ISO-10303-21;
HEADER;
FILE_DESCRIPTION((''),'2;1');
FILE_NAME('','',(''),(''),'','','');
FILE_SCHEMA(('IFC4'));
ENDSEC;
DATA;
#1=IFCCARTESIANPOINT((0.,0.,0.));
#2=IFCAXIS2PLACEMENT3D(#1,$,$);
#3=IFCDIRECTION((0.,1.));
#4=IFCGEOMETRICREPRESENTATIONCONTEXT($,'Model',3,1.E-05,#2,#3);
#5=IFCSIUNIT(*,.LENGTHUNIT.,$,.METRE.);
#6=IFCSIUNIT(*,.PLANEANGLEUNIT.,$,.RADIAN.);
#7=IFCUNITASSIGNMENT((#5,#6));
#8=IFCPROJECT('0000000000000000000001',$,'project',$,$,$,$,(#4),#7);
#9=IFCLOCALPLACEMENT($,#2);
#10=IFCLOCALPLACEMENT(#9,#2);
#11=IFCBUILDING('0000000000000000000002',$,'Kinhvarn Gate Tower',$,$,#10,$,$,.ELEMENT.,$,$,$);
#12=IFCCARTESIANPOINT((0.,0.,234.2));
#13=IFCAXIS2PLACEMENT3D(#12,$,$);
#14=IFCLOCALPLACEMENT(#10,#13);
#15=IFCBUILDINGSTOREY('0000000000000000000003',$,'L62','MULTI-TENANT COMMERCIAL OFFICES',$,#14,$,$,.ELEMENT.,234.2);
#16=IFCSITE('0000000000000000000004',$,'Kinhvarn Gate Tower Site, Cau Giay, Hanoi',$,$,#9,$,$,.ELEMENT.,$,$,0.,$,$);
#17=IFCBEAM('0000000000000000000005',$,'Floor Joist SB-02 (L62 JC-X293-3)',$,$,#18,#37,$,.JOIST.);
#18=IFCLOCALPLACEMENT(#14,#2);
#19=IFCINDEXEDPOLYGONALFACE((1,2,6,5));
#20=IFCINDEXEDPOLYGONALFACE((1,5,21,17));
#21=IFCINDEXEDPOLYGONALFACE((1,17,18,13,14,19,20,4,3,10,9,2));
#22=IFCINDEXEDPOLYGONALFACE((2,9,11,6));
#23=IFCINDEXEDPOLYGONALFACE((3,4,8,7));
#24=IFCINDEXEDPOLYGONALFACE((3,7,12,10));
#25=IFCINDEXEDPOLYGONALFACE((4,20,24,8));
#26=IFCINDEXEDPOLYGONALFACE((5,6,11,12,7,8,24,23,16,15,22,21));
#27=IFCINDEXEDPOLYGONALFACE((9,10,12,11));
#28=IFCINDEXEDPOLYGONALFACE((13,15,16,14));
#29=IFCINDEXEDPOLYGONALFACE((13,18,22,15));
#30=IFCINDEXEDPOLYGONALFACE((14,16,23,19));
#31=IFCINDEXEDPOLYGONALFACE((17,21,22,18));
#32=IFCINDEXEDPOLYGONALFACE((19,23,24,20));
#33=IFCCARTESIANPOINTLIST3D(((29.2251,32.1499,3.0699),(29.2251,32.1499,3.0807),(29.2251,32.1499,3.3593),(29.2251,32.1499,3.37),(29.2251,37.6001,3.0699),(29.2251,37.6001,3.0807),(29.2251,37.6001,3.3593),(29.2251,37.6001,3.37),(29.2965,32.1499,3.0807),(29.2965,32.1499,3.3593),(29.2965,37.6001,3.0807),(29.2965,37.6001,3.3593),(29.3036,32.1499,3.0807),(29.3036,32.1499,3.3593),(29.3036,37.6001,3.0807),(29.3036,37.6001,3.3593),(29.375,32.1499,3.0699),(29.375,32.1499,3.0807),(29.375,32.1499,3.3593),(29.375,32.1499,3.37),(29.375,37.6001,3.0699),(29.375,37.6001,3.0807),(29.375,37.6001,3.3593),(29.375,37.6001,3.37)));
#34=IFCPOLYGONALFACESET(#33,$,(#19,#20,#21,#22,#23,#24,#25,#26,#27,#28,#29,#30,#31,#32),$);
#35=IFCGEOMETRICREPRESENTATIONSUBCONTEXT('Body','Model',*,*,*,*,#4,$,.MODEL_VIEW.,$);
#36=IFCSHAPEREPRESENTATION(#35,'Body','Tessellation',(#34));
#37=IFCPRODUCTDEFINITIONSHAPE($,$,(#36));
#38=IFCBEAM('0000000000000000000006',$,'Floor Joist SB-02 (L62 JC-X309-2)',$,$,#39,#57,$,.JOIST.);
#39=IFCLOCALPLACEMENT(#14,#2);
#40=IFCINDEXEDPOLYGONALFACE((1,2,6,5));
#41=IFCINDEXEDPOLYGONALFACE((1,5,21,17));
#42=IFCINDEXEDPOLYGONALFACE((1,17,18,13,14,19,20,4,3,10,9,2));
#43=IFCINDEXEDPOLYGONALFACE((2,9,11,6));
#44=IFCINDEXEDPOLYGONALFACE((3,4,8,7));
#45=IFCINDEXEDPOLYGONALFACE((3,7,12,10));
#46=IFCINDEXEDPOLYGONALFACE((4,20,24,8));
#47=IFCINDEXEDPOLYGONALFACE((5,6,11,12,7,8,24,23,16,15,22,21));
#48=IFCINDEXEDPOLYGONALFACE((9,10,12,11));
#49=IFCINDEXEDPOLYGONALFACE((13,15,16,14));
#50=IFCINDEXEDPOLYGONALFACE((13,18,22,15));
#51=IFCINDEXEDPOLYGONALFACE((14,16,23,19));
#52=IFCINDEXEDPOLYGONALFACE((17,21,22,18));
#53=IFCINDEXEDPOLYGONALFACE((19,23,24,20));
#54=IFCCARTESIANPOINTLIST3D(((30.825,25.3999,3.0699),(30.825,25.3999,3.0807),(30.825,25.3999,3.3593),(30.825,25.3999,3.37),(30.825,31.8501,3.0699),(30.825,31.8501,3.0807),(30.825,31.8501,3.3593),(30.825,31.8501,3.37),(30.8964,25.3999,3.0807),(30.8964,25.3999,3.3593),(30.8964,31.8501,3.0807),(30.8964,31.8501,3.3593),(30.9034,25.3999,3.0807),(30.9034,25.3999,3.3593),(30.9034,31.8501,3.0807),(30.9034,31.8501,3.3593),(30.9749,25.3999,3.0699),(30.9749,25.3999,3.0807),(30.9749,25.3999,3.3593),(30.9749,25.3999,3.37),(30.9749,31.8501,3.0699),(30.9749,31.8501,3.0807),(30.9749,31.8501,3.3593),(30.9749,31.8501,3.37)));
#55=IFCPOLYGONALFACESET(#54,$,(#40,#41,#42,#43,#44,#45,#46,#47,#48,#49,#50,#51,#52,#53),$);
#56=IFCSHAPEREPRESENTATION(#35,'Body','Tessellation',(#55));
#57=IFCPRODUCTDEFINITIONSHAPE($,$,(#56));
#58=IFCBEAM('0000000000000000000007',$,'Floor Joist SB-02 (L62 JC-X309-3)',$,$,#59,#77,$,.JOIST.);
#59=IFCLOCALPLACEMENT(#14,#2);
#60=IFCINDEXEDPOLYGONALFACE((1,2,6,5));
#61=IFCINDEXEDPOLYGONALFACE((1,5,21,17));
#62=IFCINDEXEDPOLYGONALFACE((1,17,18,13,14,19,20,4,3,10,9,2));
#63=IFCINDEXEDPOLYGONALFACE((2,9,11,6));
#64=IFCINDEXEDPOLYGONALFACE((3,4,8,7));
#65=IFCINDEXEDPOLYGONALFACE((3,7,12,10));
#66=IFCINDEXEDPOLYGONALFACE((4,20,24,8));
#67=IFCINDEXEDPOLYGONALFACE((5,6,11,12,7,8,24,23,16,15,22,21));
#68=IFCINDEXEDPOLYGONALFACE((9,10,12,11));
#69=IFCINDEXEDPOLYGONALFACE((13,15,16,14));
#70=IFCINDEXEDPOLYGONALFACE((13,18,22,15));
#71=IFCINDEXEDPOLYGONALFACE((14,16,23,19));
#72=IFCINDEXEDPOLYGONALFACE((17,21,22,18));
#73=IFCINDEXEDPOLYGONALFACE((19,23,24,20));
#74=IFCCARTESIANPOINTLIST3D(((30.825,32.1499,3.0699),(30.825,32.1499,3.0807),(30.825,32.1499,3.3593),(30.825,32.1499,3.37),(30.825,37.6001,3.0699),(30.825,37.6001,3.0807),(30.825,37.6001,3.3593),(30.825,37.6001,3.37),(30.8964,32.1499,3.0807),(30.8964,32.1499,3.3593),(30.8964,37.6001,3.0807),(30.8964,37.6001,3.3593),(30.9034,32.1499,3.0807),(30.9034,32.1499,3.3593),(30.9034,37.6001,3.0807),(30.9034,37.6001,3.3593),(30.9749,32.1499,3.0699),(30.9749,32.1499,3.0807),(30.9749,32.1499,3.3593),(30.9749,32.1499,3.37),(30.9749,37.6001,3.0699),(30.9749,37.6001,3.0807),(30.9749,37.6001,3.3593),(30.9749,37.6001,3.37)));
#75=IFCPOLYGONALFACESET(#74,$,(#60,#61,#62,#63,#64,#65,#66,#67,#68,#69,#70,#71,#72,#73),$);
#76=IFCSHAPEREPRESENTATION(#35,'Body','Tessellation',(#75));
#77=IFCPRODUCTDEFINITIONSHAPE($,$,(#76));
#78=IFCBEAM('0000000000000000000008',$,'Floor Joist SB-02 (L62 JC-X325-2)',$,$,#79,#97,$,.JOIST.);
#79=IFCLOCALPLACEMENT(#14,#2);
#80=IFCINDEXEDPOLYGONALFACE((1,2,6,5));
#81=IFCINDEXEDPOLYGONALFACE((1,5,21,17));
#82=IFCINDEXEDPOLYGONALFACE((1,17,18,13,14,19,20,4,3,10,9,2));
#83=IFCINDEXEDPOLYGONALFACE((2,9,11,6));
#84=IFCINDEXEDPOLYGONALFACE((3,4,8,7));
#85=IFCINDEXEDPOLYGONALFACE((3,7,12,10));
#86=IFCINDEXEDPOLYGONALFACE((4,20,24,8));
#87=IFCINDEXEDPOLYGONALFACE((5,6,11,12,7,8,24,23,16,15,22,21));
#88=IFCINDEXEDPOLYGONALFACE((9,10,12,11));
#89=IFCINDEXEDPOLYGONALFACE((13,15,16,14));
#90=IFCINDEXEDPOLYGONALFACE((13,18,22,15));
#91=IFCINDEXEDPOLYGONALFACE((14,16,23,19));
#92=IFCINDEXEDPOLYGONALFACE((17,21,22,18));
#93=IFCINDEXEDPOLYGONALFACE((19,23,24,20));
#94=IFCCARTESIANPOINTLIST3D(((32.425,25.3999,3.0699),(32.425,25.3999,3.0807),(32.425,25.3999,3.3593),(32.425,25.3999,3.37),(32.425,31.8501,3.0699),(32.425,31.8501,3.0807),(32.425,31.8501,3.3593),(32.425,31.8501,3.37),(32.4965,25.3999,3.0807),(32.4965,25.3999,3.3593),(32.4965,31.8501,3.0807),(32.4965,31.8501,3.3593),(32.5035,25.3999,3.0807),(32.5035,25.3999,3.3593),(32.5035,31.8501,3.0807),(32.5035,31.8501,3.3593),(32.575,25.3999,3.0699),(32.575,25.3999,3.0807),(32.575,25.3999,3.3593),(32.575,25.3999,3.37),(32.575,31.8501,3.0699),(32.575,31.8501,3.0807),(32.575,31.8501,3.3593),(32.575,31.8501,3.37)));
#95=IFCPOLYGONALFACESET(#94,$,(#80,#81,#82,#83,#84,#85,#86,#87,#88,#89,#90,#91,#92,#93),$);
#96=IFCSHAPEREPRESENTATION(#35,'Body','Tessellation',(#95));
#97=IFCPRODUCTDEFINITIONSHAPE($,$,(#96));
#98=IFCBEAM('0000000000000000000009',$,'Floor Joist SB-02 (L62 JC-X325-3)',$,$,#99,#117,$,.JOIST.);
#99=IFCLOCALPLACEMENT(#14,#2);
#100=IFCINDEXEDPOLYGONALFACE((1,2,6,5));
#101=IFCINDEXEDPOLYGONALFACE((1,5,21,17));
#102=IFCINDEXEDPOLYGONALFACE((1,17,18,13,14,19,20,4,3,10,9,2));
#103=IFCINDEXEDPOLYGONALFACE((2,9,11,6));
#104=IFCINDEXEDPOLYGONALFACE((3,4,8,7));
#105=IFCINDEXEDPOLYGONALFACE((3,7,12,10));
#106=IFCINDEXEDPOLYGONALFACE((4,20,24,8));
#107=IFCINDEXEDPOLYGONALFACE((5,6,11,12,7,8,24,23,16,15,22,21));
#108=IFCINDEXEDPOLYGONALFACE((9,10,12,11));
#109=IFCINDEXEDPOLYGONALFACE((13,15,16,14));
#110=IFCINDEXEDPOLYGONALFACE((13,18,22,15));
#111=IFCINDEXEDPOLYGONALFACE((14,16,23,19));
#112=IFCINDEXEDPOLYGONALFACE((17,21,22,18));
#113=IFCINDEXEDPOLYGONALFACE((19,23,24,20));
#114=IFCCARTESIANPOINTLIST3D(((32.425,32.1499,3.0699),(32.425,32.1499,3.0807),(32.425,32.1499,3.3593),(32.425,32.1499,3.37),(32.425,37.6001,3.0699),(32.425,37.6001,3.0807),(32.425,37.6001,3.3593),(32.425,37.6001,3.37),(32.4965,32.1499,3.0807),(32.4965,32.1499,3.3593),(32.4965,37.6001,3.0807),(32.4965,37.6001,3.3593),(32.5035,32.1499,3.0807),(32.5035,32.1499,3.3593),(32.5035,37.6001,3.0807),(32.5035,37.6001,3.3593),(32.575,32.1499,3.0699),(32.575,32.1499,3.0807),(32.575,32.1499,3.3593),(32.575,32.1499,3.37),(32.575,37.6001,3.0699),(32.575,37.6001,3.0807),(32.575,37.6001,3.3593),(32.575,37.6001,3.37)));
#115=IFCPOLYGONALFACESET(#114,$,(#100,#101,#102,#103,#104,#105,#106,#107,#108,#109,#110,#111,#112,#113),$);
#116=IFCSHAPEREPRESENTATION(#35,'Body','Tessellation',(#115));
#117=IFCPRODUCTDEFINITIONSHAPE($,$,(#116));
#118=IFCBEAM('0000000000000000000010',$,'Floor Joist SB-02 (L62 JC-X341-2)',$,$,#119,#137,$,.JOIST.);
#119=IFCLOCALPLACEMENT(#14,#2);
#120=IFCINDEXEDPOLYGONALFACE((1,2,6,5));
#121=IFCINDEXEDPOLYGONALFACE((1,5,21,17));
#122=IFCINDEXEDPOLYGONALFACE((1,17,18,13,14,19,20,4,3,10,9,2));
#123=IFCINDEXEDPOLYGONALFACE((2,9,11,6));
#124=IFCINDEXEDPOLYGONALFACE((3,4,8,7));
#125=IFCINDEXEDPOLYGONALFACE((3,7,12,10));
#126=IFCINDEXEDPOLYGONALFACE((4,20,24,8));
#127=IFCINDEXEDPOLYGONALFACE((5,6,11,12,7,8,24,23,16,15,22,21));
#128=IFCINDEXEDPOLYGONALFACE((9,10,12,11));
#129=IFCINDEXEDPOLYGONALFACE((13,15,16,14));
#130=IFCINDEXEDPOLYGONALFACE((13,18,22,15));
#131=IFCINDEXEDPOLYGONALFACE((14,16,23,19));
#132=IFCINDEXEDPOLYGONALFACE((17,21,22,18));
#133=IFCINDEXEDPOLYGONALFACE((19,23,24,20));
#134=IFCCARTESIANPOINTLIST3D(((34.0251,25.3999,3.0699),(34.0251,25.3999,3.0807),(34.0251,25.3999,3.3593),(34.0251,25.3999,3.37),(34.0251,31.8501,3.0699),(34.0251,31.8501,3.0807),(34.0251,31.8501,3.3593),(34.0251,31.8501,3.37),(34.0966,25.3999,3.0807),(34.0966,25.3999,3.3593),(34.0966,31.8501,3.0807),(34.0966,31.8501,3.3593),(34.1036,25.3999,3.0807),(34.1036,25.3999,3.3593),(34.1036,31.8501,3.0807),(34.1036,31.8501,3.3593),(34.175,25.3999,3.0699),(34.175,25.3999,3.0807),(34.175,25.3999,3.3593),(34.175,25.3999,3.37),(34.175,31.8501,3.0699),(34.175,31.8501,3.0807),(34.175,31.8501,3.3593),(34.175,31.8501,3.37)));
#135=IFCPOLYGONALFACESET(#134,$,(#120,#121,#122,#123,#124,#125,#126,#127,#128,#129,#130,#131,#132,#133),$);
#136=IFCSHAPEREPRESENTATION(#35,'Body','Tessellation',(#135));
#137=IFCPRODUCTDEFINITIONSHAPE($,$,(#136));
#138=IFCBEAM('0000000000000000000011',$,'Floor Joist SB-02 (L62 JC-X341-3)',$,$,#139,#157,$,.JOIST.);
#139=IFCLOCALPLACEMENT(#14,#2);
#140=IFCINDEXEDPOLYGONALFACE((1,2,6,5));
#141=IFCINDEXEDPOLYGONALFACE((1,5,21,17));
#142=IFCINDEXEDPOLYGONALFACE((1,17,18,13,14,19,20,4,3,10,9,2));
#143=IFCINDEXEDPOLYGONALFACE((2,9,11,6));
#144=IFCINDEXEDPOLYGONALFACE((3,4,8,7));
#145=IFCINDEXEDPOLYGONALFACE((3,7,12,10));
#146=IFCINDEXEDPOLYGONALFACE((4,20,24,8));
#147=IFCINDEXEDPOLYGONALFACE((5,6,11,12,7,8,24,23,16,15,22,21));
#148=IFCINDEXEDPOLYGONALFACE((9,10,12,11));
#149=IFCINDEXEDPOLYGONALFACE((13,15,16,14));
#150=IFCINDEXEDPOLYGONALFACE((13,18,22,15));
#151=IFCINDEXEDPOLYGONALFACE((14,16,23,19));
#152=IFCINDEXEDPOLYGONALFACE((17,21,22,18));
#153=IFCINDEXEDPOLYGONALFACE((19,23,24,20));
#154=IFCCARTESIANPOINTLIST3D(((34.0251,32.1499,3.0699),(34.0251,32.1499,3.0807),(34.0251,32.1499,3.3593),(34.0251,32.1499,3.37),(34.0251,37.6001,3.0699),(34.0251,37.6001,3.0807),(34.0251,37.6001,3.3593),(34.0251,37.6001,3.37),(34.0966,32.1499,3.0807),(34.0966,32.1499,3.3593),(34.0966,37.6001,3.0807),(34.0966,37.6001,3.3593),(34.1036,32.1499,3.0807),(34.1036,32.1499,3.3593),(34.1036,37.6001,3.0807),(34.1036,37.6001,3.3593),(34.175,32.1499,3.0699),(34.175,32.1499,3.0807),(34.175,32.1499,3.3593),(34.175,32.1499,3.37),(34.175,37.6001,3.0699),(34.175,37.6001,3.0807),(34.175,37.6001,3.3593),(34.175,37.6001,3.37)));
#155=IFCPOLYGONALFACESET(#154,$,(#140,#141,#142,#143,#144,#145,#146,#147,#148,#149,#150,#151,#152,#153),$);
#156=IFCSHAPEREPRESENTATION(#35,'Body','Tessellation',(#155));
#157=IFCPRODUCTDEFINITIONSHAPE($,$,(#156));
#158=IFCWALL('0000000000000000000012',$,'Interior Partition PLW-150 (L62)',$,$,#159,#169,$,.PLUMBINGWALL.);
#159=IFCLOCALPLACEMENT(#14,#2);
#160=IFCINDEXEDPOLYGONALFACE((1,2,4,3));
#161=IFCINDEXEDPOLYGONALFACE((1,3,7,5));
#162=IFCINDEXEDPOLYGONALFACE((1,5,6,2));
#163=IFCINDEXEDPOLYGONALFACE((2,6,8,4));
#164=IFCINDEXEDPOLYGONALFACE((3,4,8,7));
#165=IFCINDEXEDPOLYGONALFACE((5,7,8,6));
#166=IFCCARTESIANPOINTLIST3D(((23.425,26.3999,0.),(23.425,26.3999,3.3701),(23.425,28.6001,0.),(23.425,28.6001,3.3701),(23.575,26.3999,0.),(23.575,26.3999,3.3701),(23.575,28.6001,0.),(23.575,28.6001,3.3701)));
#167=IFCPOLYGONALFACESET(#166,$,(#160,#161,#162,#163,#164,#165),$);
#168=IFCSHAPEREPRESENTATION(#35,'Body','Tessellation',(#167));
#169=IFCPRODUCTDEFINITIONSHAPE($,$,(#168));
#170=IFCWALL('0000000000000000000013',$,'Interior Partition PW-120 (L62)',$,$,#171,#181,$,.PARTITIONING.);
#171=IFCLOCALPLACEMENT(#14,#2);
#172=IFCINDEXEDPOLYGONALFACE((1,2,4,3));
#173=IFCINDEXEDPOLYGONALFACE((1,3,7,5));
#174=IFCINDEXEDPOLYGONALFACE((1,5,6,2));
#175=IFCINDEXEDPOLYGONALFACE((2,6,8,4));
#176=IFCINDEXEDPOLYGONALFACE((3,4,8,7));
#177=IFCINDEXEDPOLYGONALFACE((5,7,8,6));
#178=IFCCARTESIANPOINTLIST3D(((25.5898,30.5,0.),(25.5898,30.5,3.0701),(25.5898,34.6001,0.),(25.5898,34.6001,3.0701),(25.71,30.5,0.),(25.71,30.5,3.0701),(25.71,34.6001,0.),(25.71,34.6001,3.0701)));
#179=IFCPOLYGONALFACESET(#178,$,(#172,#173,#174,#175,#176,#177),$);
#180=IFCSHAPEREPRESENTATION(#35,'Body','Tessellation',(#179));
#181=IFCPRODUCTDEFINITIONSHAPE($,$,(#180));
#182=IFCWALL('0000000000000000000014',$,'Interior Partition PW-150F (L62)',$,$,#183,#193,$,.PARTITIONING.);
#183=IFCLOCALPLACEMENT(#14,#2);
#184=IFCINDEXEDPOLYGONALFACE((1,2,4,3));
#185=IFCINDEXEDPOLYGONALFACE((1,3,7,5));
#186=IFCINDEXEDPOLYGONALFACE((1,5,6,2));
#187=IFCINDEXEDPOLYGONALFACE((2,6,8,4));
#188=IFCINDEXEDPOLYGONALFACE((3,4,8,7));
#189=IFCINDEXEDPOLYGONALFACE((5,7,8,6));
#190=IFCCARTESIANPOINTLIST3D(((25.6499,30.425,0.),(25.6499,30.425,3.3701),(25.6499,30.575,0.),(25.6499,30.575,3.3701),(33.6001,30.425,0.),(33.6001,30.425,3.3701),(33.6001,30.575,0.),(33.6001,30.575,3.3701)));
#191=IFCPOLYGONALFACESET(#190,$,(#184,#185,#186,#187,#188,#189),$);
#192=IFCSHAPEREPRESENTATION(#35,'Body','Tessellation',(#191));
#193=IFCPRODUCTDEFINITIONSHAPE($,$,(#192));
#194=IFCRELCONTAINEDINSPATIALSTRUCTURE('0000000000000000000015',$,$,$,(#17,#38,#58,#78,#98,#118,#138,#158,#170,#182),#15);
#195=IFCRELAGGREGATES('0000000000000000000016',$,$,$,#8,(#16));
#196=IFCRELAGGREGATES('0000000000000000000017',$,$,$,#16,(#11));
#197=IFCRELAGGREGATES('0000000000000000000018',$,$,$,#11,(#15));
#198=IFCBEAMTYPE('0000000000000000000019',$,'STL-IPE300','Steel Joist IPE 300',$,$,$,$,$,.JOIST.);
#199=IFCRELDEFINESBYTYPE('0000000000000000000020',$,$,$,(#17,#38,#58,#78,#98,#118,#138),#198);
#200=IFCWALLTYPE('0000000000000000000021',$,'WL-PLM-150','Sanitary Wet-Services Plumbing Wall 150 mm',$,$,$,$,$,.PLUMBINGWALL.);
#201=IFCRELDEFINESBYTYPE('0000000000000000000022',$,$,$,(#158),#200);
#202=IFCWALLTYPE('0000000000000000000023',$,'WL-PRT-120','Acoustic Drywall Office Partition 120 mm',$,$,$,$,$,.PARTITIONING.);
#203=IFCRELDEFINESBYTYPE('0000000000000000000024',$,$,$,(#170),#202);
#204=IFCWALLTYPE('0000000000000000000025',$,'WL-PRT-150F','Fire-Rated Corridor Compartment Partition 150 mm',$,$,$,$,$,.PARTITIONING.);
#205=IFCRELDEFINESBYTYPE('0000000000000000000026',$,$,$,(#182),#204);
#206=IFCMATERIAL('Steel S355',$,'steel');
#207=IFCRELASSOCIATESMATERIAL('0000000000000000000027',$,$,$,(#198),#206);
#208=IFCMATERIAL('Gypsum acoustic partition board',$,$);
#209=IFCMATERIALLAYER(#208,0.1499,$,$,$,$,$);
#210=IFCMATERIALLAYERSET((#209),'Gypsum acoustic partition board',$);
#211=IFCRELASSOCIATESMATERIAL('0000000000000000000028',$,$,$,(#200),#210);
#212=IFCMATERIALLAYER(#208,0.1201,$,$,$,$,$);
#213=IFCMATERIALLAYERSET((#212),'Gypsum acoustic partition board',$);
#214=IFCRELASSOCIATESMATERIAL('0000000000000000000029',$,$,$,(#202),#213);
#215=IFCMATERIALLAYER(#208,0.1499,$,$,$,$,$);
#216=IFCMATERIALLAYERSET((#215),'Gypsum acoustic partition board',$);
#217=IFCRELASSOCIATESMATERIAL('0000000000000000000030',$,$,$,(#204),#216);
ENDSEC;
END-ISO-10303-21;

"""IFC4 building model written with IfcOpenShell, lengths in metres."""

from ifc_helpers import new_model, si_unit, direction, frame, frame_2d, origin, origin_2d, place, context, subcontext, project, spatial, rectangle, i_section, extrude, material, layer, layer_set, material_profile, profile_set, type_object, element, save


model = new_model("IFC4")

# Units and contexts
model_context = context("Model", 3, precision=1e-05, world=origin(), true_north=direction((0.0, 1.0)))
body_context = subcontext(model_context, "Body", "Model", "MODEL_VIEW")
ifc_project = project(units=[si_unit("LENGTHUNIT", "METRE"), si_unit("PLANEANGLEUNIT", "RADIAN")], contexts=[model_context])

# Site, building, storey
site_placement = place(None, origin())
site = spatial("IfcSite", under=ifc_project, at=site_placement, Name="Kinhvarn Gate Tower Site, Cau Giay, Hanoi", CompositionType="ELEMENT", RefElevation=0.0)
building_placement = place(site_placement, origin())
building = spatial("IfcBuilding", under=site, at=building_placement, Name="Kinhvarn Gate Tower", CompositionType="ELEMENT")
storey_placement = place(building_placement, frame((0.0, 0.0, 234.2)))
storey = spatial("IfcBuildingStorey", under=building, at=storey_placement, Name="L62", Description="MULTI-TENANT COMMERCIAL OFFICES", CompositionType="ELEMENT", Elevation=234.2)

# Beams
ifc_material_1 = material(Name="Steel S355", Category="steel")
ifc_material_profile = material_profile(ifc_material_1, i_section(OverallWidth=0.1499, OverallDepth=0.3, WebThickness=0.0071, FlangeThickness=0.0107, at=origin_2d()), Name="IPE 300")
ifc_profile_set = profile_set([ifc_material_profile], Name="Steel S355")
beam_type = type_object("IfcBeamType", Name="STL-IPE300", Description="Steel Joist IPE 300", PredefinedType="JOIST", material=ifc_profile_set)
beam_1_placement = place(storey_placement, frame((29.3, 32.1499, 3.22), z_axis=(0.0, 1.0, 0.0), x_axis=(-1.0, 0.0, 0.0)))
element("IfcBeam", 1, at=beam_1_placement, inside=storey, type_object=beam_type, Name="Floor Joist SB-02 (L62 JC-X293-3)", PredefinedType="JOIST", context=body_context, shape_type="SweptSolid", body=[
    extrude(i_section(OverallWidth=0.1499, OverallDepth=0.3, WebThickness=0.0071, FlangeThickness=0.0107, at=origin_2d()), origin(), (0.0, 0.0, 1.0), 5.4502),
])
beam_2_placement = place(storey_placement, frame((30.8999, 25.3999, 3.22), z_axis=(0.0, 1.0, 0.0), x_axis=(-1.0, 0.0, 0.0)))
element("IfcBeam", 2, at=beam_2_placement, inside=storey, type_object=beam_type, Name="Floor Joist SB-02 (L62 JC-X309-2)", PredefinedType="JOIST", context=body_context, shape_type="SweptSolid", body=[
    extrude(i_section(OverallWidth=0.1499, OverallDepth=0.3, WebThickness=0.0071, FlangeThickness=0.0107, at=origin_2d()), origin(), (0.0, 0.0, 1.0), 6.4502),
])
beam_3_placement = place(storey_placement, frame((30.8999, 32.1499, 3.22), z_axis=(0.0, 1.0, 0.0), x_axis=(-1.0, 0.0, 0.0)))
element("IfcBeam", 3, at=beam_3_placement, inside=storey, type_object=beam_type, Name="Floor Joist SB-02 (L62 JC-X309-3)", PredefinedType="JOIST", context=body_context, shape_type="SweptSolid", body=[
    extrude(i_section(OverallWidth=0.1499, OverallDepth=0.3, WebThickness=0.0071, FlangeThickness=0.0107, at=origin_2d()), origin(), (0.0, 0.0, 1.0), 5.4502),
])
beam_4_placement = place(storey_placement, frame((32.5, 25.3999, 3.22), z_axis=(0.0, 1.0, 0.0), x_axis=(-1.0, 0.0, 0.0)))
element("IfcBeam", 4, at=beam_4_placement, inside=storey, type_object=beam_type, Name="Floor Joist SB-02 (L62 JC-X325-2)", PredefinedType="JOIST", context=body_context, shape_type="SweptSolid", body=[
    extrude(i_section(OverallWidth=0.1499, OverallDepth=0.3, WebThickness=0.0071, FlangeThickness=0.0107, at=origin_2d()), origin(), (0.0, 0.0, 1.0), 6.4502),
])
beam_5_placement = place(storey_placement, frame((32.5, 32.1499, 3.22), z_axis=(0.0, 1.0, 0.0), x_axis=(-1.0, 0.0, 0.0)))
element("IfcBeam", 5, at=beam_5_placement, inside=storey, type_object=beam_type, Name="Floor Joist SB-02 (L62 JC-X325-3)", PredefinedType="JOIST", context=body_context, shape_type="SweptSolid", body=[
    extrude(i_section(OverallWidth=0.1499, OverallDepth=0.3, WebThickness=0.0071, FlangeThickness=0.0107, at=origin_2d()), origin(), (0.0, 0.0, 1.0), 5.4502),
])
beam_6_placement = place(storey_placement, frame((34.1001, 25.3999, 3.22), z_axis=(0.0, 1.0, 0.0), x_axis=(-1.0, 0.0, 0.0)))
element("IfcBeam", 6, at=beam_6_placement, inside=storey, type_object=beam_type, Name="Floor Joist SB-02 (L62 JC-X341-2)", PredefinedType="JOIST", context=body_context, shape_type="SweptSolid", body=[
    extrude(i_section(OverallWidth=0.1499, OverallDepth=0.3, WebThickness=0.0071, FlangeThickness=0.0107, at=origin_2d()), origin(), (0.0, 0.0, 1.0), 6.4502),
])
beam_7_placement = place(storey_placement, frame((34.1001, 32.1499, 3.22), z_axis=(0.0, 1.0, 0.0), x_axis=(-1.0, 0.0, 0.0)))
element("IfcBeam", 7, at=beam_7_placement, inside=storey, type_object=beam_type, Name="Floor Joist SB-02 (L62 JC-X341-3)", PredefinedType="JOIST", context=body_context, shape_type="SweptSolid", body=[
    extrude(i_section(OverallWidth=0.1499, OverallDepth=0.3, WebThickness=0.0071, FlangeThickness=0.0107, at=origin_2d()), origin(), (0.0, 0.0, 1.0), 5.4502),
])

# Walls
ifc_material_2 = material(Name="Gypsum acoustic partition board")
ifc_layer_1 = layer(ifc_material_2, 0.1499)
ifc_layer_set_1 = layer_set([ifc_layer_1], Name="Gypsum acoustic partition board")
wall_type_1 = type_object("IfcWallType", Name="WL-PLM-150", Description="Sanitary Wet-Services Plumbing Wall 150 mm", PredefinedType="PLUMBINGWALL", material=ifc_layer_set_1)
wall_1_placement = place(storey_placement, frame((23.5, 26.3999, 0.0), z_axis=(0.0, 0.0, 1.0), x_axis=(0.0, 1.0, 0.0)))
element("IfcWall", 8, at=wall_1_placement, inside=storey, type_object=wall_type_1, Name="Interior Partition PLW-150 (L62)", PredefinedType="PLUMBINGWALL", context=body_context, shape_type="SweptSolid", body=[
    extrude(rectangle(XDim=2.2002, YDim=0.1499, at=frame_2d((1.1001, 0.0))), origin(), (0.0, 0.0, 1.0), 3.3701),
])
ifc_layer_2 = layer(ifc_material_2, 0.1201)
ifc_layer_set_2 = layer_set([ifc_layer_2], Name="Gypsum acoustic partition board")
wall_type_2 = type_object("IfcWallType", Name="WL-PRT-120", Description="Acoustic Drywall Office Partition 120 mm", PredefinedType="PARTITIONING", material=ifc_layer_set_2)
wall_2_placement = place(storey_placement, frame((25.6499, 30.5, 0.0), z_axis=(0.0, 0.0, 1.0), x_axis=(0.0, 1.0, 0.0)))
element("IfcWall", 9, at=wall_2_placement, inside=storey, type_object=wall_type_2, Name="Interior Partition PW-120 (L62)", PredefinedType="PARTITIONING", context=body_context, shape_type="SweptSolid", body=[
    extrude(rectangle(XDim=4.1001, YDim=0.1201, at=frame_2d((2.05, 0.0))), origin(), (0.0, 0.0, 1.0), 3.0701),
])
ifc_layer_3 = layer(ifc_material_2, 0.1499)
ifc_layer_set_3 = layer_set([ifc_layer_3], Name="Gypsum acoustic partition board")
wall_type_3 = type_object("IfcWallType", Name="WL-PRT-150F", Description="Fire-Rated Corridor Compartment Partition 150 mm", PredefinedType="PARTITIONING", material=ifc_layer_set_3)
wall_3_placement = place(storey_placement, frame((25.6499, 30.5, 0.0), z_axis=(0.0, 0.0, 1.0), x_axis=(1.0, 0.0, 0.0)))
element("IfcWall", 10, at=wall_3_placement, inside=storey, type_object=wall_type_3, Name="Interior Partition PW-150F (L62)", PredefinedType="PARTITIONING", context=body_context, shape_type="SweptSolid", body=[
    extrude(rectangle(XDim=7.9502, YDim=0.1499, at=frame_2d((3.9751, 0.0))), origin(), (0.0, 0.0, 1.0), 3.3701),
])

save(model, "model.ifc")
